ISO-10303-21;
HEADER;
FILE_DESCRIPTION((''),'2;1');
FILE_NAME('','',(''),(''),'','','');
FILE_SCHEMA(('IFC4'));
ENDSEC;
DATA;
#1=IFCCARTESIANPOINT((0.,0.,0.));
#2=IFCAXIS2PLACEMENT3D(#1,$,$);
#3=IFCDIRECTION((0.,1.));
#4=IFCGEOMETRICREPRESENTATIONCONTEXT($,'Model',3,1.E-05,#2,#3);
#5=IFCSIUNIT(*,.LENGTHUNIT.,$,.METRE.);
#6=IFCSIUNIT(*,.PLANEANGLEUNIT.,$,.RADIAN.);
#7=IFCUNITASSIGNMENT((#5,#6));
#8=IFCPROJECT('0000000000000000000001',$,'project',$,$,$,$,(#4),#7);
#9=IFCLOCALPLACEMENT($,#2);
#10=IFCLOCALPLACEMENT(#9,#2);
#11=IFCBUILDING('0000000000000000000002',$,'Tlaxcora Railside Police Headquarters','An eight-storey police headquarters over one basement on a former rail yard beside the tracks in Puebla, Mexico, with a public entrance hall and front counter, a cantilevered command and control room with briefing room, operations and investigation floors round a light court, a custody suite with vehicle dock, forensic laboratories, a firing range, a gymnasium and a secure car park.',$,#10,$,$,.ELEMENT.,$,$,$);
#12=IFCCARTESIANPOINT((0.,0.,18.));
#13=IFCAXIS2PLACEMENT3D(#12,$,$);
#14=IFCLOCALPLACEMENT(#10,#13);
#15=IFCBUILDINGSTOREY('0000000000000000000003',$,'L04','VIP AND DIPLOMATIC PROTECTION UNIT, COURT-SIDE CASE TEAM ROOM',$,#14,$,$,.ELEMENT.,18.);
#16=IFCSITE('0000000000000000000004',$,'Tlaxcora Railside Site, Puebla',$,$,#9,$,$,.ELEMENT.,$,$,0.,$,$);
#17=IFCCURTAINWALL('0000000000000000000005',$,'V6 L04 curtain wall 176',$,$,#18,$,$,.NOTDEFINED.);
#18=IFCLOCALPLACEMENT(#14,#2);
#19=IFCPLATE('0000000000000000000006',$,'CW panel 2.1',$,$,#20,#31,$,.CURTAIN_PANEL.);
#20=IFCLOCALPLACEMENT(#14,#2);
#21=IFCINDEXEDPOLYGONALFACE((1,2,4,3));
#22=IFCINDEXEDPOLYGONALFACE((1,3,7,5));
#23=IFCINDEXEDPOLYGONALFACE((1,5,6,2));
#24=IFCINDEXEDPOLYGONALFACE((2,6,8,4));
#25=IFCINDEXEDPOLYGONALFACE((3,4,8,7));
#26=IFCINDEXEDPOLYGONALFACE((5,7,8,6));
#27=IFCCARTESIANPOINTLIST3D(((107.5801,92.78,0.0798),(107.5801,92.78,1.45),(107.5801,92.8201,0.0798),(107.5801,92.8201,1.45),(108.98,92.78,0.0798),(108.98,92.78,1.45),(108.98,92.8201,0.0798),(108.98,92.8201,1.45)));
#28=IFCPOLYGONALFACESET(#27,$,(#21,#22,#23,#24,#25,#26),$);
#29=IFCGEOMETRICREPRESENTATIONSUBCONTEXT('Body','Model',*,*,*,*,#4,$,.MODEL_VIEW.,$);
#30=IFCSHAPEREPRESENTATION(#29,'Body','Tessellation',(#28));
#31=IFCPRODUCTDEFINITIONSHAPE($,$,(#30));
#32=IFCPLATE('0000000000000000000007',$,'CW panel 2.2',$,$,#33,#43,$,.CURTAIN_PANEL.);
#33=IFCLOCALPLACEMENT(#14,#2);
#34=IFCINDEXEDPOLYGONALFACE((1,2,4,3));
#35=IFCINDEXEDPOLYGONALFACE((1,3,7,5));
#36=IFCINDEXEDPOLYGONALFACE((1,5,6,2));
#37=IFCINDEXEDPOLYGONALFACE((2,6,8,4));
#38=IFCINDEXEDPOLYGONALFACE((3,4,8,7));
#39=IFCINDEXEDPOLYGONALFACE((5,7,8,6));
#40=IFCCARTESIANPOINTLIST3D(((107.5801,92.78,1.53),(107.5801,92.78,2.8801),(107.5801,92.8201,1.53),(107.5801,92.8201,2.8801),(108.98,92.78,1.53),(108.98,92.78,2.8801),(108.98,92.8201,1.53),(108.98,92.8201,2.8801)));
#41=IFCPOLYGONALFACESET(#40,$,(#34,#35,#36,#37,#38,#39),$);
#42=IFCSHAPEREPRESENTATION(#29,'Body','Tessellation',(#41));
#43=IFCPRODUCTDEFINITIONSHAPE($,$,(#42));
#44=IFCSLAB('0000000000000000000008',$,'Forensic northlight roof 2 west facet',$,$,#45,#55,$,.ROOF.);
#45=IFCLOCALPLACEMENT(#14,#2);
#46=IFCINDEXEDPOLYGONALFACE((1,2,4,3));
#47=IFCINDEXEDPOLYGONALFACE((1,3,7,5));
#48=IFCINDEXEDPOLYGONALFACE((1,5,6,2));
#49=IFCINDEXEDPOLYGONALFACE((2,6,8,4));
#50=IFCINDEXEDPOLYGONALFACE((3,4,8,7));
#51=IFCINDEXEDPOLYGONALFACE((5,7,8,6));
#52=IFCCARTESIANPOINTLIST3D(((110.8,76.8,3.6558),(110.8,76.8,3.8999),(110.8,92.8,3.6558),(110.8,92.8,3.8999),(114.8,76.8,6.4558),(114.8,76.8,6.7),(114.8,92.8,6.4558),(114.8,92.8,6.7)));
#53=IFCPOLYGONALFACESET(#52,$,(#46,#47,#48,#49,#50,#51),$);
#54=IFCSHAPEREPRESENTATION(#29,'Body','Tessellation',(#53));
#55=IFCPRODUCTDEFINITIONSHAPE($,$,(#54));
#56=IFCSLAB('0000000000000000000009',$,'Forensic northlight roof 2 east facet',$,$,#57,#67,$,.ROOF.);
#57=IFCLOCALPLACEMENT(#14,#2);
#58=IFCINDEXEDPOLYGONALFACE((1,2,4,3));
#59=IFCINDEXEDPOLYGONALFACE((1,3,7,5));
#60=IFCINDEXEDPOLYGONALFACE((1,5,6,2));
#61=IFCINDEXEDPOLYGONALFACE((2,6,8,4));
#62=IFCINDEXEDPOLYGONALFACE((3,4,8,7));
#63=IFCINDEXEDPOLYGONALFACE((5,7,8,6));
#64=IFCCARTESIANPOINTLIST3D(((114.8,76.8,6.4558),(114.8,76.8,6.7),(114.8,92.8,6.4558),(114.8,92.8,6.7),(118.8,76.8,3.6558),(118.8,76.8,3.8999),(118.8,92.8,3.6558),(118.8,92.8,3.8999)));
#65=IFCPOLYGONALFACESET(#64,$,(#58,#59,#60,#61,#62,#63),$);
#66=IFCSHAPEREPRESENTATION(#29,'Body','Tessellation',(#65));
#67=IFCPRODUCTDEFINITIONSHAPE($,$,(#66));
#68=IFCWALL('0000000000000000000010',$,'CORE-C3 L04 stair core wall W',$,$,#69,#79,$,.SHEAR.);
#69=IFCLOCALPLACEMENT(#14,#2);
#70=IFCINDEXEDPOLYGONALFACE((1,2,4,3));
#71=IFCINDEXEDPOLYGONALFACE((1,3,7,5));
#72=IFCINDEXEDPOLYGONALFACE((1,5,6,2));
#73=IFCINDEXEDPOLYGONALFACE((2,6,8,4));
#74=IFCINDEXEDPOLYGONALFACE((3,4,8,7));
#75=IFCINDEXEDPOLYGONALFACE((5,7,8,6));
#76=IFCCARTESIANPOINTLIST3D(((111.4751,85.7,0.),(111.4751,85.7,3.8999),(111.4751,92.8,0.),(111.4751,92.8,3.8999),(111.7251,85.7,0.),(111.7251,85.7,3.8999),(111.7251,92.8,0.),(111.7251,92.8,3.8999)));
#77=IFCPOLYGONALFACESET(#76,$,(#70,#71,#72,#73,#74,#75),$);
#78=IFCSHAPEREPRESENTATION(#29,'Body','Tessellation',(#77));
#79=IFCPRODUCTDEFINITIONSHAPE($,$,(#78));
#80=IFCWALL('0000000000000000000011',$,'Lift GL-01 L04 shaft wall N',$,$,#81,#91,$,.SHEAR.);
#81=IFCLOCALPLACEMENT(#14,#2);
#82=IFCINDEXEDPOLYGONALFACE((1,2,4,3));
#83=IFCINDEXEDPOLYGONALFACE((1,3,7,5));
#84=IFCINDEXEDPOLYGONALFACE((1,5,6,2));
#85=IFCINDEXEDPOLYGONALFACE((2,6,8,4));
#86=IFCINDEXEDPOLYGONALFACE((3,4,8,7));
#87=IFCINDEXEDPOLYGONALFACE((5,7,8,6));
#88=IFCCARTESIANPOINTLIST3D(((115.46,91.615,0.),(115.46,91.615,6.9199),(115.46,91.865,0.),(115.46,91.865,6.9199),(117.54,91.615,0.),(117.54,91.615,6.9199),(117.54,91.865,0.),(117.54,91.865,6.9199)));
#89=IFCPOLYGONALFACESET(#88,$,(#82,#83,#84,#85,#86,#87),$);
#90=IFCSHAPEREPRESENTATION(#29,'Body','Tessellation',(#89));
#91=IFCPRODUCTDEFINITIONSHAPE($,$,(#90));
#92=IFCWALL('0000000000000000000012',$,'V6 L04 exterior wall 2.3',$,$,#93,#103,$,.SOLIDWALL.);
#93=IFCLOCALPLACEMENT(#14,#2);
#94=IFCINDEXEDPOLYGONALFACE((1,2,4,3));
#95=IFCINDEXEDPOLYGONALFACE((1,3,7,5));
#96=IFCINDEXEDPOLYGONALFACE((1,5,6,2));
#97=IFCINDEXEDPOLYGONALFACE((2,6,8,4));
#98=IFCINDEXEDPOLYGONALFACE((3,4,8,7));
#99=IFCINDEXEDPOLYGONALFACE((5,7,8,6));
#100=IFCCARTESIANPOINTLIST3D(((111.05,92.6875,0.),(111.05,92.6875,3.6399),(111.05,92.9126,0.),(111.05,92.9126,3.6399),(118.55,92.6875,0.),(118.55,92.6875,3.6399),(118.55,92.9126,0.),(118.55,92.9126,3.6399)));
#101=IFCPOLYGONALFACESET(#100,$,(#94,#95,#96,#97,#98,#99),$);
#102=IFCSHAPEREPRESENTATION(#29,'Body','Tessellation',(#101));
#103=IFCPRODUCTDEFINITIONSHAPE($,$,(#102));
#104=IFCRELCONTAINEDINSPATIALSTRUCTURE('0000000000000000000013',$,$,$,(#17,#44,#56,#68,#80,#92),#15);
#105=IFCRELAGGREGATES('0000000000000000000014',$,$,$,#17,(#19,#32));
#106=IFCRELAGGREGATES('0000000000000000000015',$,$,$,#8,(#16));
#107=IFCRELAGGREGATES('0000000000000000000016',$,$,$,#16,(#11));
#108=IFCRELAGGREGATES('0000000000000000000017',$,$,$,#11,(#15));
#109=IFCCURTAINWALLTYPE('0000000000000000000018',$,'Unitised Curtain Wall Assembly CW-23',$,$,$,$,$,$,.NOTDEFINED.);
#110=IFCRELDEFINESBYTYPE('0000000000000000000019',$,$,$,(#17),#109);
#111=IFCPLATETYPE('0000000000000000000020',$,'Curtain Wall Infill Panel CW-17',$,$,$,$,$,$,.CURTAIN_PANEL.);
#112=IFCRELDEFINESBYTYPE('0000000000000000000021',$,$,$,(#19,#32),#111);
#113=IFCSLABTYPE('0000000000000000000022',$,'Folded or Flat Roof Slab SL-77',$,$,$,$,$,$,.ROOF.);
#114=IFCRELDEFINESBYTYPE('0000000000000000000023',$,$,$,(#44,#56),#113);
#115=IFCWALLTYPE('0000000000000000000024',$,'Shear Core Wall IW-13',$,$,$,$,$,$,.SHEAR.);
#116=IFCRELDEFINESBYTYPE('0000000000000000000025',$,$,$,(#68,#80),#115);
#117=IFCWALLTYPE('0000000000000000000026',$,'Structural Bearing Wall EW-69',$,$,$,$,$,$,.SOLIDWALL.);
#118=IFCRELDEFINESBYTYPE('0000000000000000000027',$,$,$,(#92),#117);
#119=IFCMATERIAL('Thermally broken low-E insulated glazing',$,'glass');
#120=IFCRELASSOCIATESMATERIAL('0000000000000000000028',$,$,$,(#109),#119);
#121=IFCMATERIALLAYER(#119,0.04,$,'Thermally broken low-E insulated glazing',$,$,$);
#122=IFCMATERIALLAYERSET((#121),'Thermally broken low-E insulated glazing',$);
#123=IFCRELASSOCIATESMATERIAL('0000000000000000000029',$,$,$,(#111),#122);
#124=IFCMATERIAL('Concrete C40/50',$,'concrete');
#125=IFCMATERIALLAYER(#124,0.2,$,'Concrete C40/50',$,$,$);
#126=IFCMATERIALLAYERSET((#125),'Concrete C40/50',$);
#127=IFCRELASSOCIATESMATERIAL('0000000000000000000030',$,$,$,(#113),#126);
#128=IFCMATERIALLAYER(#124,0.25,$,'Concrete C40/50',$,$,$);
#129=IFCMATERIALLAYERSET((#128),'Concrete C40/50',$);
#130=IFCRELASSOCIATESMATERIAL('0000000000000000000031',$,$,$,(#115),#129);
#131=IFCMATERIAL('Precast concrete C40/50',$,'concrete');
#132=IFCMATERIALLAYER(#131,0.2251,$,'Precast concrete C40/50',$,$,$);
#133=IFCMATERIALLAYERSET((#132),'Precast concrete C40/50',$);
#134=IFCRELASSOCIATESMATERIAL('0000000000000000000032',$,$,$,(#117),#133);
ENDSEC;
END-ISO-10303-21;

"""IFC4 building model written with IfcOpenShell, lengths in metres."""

from ifc_helpers import new_model, si_unit, direction, frame, frame_2d, origin, origin_2d, place, context, subcontext, project, spatial, polyline, rectangle, outline, extrude, material, layer, layer_set, type_object, element, aggregate, save


model = new_model("IFC4")

# Units and contexts
model_context = context("Model", 3, precision=1e-05, world=origin(), true_north=direction((0.0, 1.0)))
body_context = subcontext(model_context, "Body", "Model", "MODEL_VIEW")
ifc_project = project(units=[si_unit("LENGTHUNIT", "METRE"), si_unit("PLANEANGLEUNIT", "RADIAN")], contexts=[model_context])

# Site, building, storey
site_placement = place(None, origin())
site = spatial("IfcSite", under=ifc_project, at=site_placement, Name="Tlaxcora Railside Site, Puebla", CompositionType="ELEMENT", RefElevation=0.0)
building_placement = place(site_placement, origin())
building = spatial("IfcBuilding", under=site, at=building_placement, Name="Tlaxcora Railside Police Headquarters", Description="An eight-storey police headquarters over one basement on a former rail yard beside the tracks in Puebla, Mexico, with a public entrance hall and front counter, a cantilevered command and control room with briefing room, operations and investigation floors round a light court, a custody suite with vehicle dock, forensic laboratories, a firing range, a gymnasium and a secure car park.", CompositionType="ELEMENT")
storey_placement = place(building_placement, frame((0.0, 0.0, 18.0)))
storey = spatial("IfcBuildingStorey", under=building, at=storey_placement, Name="L04", Description="VIP AND DIPLOMATIC PROTECTION UNIT, COURT-SIDE CASE TEAM ROOM", CompositionType="ELEMENT", Elevation=18.0)

# Shared definitions
ifc_material_1 = material(Name="Concrete C40/50", Category="concrete")

# Curtain wall
ifc_material_2 = material(Name="Thermally broken low-E insulated glazing", Category="glass")
curtain_wall_type = type_object("IfcCurtainWallType", Name="Unitised Curtain Wall Assembly CW-23", PredefinedType="NOTDEFINED", material=ifc_material_2)
curtain_wall_placement = place(storey_placement, origin())
curtain_wall = element("IfcCurtainWall", 1, at=curtain_wall_placement, inside=storey, type_object=curtain_wall_type, Name="V6 L04 curtain wall 176", PredefinedType="NOTDEFINED")

# Plates
ifc_layer_1 = layer(ifc_material_2, 0.04, Name="Thermally broken low-E insulated glazing")
ifc_layer_set_1 = layer_set([ifc_layer_1], Name="Thermally broken low-E insulated glazing")
plate_type = type_object("IfcPlateType", Name="Curtain Wall Infill Panel CW-17", PredefinedType="CURTAIN_PANEL", material=ifc_layer_set_1)
plate_1_placement = place(storey_placement, frame((108.28, 92.8, 0.0798), z_axis=(0.0, 0.0, 1.0), x_axis=(-1.0, 0.0, 0.0)))
plate_1 = element("IfcPlate", 2, at=plate_1_placement, type_object=plate_type, Name="CW panel 2.1", PredefinedType="CURTAIN_PANEL", context=body_context, shape_type="SweptSolid", body=[
    extrude(rectangle(XDim=1.3999, YDim=0.04, at=origin_2d()), origin(), (0.0, 0.0, 1.0), 1.3701),
])
plate_2_placement = place(storey_placement, frame((108.28, 92.8, 1.53), z_axis=(0.0, 0.0, 1.0), x_axis=(-1.0, 0.0, 0.0)))
plate_2 = element("IfcPlate", 3, at=plate_2_placement, type_object=plate_type, Name="CW panel 2.2", PredefinedType="CURTAIN_PANEL", context=body_context, shape_type="SweptSolid", body=[
    extrude(rectangle(XDim=1.3999, YDim=0.04, at=origin_2d()), origin(), (0.0, 0.0, 1.0), 1.3501),
])
aggregate(curtain_wall, [plate_1, plate_2])

# Slabs
ifc_layer_2 = layer(ifc_material_1, 0.2, Name="Concrete C40/50")
ifc_layer_set_2 = layer_set([ifc_layer_2], Name="Concrete C40/50")
slab_type = type_object("IfcSlabType", Name="Folded or Flat Roof Slab SL-77", PredefinedType="ROOF", material=ifc_layer_set_2)
slab_1_placement = place(storey_placement, frame((110.8, 92.8, 0.0), z_axis=(0.0, -1.0, 0.0), x_axis=(1.0, 0.0, 0.0)))
element("IfcSlab", 4, at=slab_1_placement, inside=storey, type_object=slab_type, Name="Forensic northlight roof 2 west facet", PredefinedType="ROOF", context=body_context, shape_type="SweptSolid", body=[
    extrude(outline(polyline([(0.0, 3.6558), (4.0, 6.4558), (4.0, 6.7), (0.0, 3.8999), (0.0, 3.6558)])), origin(), (0.0, 0.0, 1.0), 16.0),
])
slab_2_placement = place(storey_placement, frame((114.8, 92.8, 0.0), z_axis=(0.0, -1.0, 0.0), x_axis=(1.0, 0.0, 0.0)))
element("IfcSlab", 5, at=slab_2_placement, inside=storey, type_object=slab_type, Name="Forensic northlight roof 2 east facet", PredefinedType="ROOF", context=body_context, shape_type="SweptSolid", body=[
    extrude(outline(polyline([(0.0, 6.4558), (4.0, 3.6558), (4.0, 3.8999), (0.0, 6.7), (0.0, 6.4558)])), origin(), (0.0, 0.0, 1.0), 16.0),
])

# Walls
ifc_layer_3 = layer(ifc_material_1, 0.25, Name="Concrete C40/50")
ifc_layer_set_3 = layer_set([ifc_layer_3], Name="Concrete C40/50")
wall_type_1 = type_object("IfcWallType", Name="Shear Core Wall IW-13", PredefinedType="SHEAR", material=ifc_layer_set_3)
wall_1_placement = place(storey_placement, frame((111.6001, 92.8, 0.0), z_axis=(0.0, 0.0, 1.0), x_axis=(0.0, -1.0, 0.0)))
element("IfcWall", 6, at=wall_1_placement, inside=storey, type_object=wall_type_1, Name="CORE-C3 L04 stair core wall W", PredefinedType="SHEAR", context=body_context, shape_type="SweptSolid", body=[
    extrude(rectangle(XDim=7.1001, YDim=0.25, at=frame_2d((3.55, 0.0))), origin(), (0.0, 0.0, 1.0), 3.8999),
])
wall_2_placement = place(storey_placement, frame((117.54, 91.74, 0.0), z_axis=(0.0, 0.0, 1.0), x_axis=(-1.0, 0.0, 0.0)))
element("IfcWall", 7, at=wall_2_placement, inside=storey, type_object=wall_type_1, Name="Lift GL-01 L04 shaft wall N", PredefinedType="SHEAR", context=body_context, shape_type="SweptSolid", body=[
    extrude(rectangle(XDim=2.0801, YDim=0.25, at=frame_2d((1.04, 0.0))), origin(), (0.0, 0.0, 1.0), 6.9199),
])
ifc_material_3 = material(Name="Precast concrete C40/50", Category="concrete")
ifc_layer_4 = layer(ifc_material_3, 0.2251, Name="Precast concrete C40/50")
ifc_layer_set_4 = layer_set([ifc_layer_4], Name="Precast concrete C40/50")
wall_type_2 = type_object("IfcWallType", Name="Structural Bearing Wall EW-69", PredefinedType="SOLIDWALL", material=ifc_layer_set_4)
wall_3_placement = place(storey_placement, frame((118.55, 92.8, 0.0), z_axis=(0.0, 0.0, 1.0), x_axis=(-1.0, 0.0, 0.0)))
element("IfcWall", 8, at=wall_3_placement, inside=storey, type_object=wall_type_2, Name="V6 L04 exterior wall 2.3", PredefinedType="SOLIDWALL", context=body_context, shape_type="SweptSolid", body=[
    extrude(rectangle(XDim=7.5, YDim=0.2251, at=frame_2d((3.75, 0.0))), origin(), (0.0, 0.0, 1.0), 3.6399),
])

save(model, "model.ifc")
